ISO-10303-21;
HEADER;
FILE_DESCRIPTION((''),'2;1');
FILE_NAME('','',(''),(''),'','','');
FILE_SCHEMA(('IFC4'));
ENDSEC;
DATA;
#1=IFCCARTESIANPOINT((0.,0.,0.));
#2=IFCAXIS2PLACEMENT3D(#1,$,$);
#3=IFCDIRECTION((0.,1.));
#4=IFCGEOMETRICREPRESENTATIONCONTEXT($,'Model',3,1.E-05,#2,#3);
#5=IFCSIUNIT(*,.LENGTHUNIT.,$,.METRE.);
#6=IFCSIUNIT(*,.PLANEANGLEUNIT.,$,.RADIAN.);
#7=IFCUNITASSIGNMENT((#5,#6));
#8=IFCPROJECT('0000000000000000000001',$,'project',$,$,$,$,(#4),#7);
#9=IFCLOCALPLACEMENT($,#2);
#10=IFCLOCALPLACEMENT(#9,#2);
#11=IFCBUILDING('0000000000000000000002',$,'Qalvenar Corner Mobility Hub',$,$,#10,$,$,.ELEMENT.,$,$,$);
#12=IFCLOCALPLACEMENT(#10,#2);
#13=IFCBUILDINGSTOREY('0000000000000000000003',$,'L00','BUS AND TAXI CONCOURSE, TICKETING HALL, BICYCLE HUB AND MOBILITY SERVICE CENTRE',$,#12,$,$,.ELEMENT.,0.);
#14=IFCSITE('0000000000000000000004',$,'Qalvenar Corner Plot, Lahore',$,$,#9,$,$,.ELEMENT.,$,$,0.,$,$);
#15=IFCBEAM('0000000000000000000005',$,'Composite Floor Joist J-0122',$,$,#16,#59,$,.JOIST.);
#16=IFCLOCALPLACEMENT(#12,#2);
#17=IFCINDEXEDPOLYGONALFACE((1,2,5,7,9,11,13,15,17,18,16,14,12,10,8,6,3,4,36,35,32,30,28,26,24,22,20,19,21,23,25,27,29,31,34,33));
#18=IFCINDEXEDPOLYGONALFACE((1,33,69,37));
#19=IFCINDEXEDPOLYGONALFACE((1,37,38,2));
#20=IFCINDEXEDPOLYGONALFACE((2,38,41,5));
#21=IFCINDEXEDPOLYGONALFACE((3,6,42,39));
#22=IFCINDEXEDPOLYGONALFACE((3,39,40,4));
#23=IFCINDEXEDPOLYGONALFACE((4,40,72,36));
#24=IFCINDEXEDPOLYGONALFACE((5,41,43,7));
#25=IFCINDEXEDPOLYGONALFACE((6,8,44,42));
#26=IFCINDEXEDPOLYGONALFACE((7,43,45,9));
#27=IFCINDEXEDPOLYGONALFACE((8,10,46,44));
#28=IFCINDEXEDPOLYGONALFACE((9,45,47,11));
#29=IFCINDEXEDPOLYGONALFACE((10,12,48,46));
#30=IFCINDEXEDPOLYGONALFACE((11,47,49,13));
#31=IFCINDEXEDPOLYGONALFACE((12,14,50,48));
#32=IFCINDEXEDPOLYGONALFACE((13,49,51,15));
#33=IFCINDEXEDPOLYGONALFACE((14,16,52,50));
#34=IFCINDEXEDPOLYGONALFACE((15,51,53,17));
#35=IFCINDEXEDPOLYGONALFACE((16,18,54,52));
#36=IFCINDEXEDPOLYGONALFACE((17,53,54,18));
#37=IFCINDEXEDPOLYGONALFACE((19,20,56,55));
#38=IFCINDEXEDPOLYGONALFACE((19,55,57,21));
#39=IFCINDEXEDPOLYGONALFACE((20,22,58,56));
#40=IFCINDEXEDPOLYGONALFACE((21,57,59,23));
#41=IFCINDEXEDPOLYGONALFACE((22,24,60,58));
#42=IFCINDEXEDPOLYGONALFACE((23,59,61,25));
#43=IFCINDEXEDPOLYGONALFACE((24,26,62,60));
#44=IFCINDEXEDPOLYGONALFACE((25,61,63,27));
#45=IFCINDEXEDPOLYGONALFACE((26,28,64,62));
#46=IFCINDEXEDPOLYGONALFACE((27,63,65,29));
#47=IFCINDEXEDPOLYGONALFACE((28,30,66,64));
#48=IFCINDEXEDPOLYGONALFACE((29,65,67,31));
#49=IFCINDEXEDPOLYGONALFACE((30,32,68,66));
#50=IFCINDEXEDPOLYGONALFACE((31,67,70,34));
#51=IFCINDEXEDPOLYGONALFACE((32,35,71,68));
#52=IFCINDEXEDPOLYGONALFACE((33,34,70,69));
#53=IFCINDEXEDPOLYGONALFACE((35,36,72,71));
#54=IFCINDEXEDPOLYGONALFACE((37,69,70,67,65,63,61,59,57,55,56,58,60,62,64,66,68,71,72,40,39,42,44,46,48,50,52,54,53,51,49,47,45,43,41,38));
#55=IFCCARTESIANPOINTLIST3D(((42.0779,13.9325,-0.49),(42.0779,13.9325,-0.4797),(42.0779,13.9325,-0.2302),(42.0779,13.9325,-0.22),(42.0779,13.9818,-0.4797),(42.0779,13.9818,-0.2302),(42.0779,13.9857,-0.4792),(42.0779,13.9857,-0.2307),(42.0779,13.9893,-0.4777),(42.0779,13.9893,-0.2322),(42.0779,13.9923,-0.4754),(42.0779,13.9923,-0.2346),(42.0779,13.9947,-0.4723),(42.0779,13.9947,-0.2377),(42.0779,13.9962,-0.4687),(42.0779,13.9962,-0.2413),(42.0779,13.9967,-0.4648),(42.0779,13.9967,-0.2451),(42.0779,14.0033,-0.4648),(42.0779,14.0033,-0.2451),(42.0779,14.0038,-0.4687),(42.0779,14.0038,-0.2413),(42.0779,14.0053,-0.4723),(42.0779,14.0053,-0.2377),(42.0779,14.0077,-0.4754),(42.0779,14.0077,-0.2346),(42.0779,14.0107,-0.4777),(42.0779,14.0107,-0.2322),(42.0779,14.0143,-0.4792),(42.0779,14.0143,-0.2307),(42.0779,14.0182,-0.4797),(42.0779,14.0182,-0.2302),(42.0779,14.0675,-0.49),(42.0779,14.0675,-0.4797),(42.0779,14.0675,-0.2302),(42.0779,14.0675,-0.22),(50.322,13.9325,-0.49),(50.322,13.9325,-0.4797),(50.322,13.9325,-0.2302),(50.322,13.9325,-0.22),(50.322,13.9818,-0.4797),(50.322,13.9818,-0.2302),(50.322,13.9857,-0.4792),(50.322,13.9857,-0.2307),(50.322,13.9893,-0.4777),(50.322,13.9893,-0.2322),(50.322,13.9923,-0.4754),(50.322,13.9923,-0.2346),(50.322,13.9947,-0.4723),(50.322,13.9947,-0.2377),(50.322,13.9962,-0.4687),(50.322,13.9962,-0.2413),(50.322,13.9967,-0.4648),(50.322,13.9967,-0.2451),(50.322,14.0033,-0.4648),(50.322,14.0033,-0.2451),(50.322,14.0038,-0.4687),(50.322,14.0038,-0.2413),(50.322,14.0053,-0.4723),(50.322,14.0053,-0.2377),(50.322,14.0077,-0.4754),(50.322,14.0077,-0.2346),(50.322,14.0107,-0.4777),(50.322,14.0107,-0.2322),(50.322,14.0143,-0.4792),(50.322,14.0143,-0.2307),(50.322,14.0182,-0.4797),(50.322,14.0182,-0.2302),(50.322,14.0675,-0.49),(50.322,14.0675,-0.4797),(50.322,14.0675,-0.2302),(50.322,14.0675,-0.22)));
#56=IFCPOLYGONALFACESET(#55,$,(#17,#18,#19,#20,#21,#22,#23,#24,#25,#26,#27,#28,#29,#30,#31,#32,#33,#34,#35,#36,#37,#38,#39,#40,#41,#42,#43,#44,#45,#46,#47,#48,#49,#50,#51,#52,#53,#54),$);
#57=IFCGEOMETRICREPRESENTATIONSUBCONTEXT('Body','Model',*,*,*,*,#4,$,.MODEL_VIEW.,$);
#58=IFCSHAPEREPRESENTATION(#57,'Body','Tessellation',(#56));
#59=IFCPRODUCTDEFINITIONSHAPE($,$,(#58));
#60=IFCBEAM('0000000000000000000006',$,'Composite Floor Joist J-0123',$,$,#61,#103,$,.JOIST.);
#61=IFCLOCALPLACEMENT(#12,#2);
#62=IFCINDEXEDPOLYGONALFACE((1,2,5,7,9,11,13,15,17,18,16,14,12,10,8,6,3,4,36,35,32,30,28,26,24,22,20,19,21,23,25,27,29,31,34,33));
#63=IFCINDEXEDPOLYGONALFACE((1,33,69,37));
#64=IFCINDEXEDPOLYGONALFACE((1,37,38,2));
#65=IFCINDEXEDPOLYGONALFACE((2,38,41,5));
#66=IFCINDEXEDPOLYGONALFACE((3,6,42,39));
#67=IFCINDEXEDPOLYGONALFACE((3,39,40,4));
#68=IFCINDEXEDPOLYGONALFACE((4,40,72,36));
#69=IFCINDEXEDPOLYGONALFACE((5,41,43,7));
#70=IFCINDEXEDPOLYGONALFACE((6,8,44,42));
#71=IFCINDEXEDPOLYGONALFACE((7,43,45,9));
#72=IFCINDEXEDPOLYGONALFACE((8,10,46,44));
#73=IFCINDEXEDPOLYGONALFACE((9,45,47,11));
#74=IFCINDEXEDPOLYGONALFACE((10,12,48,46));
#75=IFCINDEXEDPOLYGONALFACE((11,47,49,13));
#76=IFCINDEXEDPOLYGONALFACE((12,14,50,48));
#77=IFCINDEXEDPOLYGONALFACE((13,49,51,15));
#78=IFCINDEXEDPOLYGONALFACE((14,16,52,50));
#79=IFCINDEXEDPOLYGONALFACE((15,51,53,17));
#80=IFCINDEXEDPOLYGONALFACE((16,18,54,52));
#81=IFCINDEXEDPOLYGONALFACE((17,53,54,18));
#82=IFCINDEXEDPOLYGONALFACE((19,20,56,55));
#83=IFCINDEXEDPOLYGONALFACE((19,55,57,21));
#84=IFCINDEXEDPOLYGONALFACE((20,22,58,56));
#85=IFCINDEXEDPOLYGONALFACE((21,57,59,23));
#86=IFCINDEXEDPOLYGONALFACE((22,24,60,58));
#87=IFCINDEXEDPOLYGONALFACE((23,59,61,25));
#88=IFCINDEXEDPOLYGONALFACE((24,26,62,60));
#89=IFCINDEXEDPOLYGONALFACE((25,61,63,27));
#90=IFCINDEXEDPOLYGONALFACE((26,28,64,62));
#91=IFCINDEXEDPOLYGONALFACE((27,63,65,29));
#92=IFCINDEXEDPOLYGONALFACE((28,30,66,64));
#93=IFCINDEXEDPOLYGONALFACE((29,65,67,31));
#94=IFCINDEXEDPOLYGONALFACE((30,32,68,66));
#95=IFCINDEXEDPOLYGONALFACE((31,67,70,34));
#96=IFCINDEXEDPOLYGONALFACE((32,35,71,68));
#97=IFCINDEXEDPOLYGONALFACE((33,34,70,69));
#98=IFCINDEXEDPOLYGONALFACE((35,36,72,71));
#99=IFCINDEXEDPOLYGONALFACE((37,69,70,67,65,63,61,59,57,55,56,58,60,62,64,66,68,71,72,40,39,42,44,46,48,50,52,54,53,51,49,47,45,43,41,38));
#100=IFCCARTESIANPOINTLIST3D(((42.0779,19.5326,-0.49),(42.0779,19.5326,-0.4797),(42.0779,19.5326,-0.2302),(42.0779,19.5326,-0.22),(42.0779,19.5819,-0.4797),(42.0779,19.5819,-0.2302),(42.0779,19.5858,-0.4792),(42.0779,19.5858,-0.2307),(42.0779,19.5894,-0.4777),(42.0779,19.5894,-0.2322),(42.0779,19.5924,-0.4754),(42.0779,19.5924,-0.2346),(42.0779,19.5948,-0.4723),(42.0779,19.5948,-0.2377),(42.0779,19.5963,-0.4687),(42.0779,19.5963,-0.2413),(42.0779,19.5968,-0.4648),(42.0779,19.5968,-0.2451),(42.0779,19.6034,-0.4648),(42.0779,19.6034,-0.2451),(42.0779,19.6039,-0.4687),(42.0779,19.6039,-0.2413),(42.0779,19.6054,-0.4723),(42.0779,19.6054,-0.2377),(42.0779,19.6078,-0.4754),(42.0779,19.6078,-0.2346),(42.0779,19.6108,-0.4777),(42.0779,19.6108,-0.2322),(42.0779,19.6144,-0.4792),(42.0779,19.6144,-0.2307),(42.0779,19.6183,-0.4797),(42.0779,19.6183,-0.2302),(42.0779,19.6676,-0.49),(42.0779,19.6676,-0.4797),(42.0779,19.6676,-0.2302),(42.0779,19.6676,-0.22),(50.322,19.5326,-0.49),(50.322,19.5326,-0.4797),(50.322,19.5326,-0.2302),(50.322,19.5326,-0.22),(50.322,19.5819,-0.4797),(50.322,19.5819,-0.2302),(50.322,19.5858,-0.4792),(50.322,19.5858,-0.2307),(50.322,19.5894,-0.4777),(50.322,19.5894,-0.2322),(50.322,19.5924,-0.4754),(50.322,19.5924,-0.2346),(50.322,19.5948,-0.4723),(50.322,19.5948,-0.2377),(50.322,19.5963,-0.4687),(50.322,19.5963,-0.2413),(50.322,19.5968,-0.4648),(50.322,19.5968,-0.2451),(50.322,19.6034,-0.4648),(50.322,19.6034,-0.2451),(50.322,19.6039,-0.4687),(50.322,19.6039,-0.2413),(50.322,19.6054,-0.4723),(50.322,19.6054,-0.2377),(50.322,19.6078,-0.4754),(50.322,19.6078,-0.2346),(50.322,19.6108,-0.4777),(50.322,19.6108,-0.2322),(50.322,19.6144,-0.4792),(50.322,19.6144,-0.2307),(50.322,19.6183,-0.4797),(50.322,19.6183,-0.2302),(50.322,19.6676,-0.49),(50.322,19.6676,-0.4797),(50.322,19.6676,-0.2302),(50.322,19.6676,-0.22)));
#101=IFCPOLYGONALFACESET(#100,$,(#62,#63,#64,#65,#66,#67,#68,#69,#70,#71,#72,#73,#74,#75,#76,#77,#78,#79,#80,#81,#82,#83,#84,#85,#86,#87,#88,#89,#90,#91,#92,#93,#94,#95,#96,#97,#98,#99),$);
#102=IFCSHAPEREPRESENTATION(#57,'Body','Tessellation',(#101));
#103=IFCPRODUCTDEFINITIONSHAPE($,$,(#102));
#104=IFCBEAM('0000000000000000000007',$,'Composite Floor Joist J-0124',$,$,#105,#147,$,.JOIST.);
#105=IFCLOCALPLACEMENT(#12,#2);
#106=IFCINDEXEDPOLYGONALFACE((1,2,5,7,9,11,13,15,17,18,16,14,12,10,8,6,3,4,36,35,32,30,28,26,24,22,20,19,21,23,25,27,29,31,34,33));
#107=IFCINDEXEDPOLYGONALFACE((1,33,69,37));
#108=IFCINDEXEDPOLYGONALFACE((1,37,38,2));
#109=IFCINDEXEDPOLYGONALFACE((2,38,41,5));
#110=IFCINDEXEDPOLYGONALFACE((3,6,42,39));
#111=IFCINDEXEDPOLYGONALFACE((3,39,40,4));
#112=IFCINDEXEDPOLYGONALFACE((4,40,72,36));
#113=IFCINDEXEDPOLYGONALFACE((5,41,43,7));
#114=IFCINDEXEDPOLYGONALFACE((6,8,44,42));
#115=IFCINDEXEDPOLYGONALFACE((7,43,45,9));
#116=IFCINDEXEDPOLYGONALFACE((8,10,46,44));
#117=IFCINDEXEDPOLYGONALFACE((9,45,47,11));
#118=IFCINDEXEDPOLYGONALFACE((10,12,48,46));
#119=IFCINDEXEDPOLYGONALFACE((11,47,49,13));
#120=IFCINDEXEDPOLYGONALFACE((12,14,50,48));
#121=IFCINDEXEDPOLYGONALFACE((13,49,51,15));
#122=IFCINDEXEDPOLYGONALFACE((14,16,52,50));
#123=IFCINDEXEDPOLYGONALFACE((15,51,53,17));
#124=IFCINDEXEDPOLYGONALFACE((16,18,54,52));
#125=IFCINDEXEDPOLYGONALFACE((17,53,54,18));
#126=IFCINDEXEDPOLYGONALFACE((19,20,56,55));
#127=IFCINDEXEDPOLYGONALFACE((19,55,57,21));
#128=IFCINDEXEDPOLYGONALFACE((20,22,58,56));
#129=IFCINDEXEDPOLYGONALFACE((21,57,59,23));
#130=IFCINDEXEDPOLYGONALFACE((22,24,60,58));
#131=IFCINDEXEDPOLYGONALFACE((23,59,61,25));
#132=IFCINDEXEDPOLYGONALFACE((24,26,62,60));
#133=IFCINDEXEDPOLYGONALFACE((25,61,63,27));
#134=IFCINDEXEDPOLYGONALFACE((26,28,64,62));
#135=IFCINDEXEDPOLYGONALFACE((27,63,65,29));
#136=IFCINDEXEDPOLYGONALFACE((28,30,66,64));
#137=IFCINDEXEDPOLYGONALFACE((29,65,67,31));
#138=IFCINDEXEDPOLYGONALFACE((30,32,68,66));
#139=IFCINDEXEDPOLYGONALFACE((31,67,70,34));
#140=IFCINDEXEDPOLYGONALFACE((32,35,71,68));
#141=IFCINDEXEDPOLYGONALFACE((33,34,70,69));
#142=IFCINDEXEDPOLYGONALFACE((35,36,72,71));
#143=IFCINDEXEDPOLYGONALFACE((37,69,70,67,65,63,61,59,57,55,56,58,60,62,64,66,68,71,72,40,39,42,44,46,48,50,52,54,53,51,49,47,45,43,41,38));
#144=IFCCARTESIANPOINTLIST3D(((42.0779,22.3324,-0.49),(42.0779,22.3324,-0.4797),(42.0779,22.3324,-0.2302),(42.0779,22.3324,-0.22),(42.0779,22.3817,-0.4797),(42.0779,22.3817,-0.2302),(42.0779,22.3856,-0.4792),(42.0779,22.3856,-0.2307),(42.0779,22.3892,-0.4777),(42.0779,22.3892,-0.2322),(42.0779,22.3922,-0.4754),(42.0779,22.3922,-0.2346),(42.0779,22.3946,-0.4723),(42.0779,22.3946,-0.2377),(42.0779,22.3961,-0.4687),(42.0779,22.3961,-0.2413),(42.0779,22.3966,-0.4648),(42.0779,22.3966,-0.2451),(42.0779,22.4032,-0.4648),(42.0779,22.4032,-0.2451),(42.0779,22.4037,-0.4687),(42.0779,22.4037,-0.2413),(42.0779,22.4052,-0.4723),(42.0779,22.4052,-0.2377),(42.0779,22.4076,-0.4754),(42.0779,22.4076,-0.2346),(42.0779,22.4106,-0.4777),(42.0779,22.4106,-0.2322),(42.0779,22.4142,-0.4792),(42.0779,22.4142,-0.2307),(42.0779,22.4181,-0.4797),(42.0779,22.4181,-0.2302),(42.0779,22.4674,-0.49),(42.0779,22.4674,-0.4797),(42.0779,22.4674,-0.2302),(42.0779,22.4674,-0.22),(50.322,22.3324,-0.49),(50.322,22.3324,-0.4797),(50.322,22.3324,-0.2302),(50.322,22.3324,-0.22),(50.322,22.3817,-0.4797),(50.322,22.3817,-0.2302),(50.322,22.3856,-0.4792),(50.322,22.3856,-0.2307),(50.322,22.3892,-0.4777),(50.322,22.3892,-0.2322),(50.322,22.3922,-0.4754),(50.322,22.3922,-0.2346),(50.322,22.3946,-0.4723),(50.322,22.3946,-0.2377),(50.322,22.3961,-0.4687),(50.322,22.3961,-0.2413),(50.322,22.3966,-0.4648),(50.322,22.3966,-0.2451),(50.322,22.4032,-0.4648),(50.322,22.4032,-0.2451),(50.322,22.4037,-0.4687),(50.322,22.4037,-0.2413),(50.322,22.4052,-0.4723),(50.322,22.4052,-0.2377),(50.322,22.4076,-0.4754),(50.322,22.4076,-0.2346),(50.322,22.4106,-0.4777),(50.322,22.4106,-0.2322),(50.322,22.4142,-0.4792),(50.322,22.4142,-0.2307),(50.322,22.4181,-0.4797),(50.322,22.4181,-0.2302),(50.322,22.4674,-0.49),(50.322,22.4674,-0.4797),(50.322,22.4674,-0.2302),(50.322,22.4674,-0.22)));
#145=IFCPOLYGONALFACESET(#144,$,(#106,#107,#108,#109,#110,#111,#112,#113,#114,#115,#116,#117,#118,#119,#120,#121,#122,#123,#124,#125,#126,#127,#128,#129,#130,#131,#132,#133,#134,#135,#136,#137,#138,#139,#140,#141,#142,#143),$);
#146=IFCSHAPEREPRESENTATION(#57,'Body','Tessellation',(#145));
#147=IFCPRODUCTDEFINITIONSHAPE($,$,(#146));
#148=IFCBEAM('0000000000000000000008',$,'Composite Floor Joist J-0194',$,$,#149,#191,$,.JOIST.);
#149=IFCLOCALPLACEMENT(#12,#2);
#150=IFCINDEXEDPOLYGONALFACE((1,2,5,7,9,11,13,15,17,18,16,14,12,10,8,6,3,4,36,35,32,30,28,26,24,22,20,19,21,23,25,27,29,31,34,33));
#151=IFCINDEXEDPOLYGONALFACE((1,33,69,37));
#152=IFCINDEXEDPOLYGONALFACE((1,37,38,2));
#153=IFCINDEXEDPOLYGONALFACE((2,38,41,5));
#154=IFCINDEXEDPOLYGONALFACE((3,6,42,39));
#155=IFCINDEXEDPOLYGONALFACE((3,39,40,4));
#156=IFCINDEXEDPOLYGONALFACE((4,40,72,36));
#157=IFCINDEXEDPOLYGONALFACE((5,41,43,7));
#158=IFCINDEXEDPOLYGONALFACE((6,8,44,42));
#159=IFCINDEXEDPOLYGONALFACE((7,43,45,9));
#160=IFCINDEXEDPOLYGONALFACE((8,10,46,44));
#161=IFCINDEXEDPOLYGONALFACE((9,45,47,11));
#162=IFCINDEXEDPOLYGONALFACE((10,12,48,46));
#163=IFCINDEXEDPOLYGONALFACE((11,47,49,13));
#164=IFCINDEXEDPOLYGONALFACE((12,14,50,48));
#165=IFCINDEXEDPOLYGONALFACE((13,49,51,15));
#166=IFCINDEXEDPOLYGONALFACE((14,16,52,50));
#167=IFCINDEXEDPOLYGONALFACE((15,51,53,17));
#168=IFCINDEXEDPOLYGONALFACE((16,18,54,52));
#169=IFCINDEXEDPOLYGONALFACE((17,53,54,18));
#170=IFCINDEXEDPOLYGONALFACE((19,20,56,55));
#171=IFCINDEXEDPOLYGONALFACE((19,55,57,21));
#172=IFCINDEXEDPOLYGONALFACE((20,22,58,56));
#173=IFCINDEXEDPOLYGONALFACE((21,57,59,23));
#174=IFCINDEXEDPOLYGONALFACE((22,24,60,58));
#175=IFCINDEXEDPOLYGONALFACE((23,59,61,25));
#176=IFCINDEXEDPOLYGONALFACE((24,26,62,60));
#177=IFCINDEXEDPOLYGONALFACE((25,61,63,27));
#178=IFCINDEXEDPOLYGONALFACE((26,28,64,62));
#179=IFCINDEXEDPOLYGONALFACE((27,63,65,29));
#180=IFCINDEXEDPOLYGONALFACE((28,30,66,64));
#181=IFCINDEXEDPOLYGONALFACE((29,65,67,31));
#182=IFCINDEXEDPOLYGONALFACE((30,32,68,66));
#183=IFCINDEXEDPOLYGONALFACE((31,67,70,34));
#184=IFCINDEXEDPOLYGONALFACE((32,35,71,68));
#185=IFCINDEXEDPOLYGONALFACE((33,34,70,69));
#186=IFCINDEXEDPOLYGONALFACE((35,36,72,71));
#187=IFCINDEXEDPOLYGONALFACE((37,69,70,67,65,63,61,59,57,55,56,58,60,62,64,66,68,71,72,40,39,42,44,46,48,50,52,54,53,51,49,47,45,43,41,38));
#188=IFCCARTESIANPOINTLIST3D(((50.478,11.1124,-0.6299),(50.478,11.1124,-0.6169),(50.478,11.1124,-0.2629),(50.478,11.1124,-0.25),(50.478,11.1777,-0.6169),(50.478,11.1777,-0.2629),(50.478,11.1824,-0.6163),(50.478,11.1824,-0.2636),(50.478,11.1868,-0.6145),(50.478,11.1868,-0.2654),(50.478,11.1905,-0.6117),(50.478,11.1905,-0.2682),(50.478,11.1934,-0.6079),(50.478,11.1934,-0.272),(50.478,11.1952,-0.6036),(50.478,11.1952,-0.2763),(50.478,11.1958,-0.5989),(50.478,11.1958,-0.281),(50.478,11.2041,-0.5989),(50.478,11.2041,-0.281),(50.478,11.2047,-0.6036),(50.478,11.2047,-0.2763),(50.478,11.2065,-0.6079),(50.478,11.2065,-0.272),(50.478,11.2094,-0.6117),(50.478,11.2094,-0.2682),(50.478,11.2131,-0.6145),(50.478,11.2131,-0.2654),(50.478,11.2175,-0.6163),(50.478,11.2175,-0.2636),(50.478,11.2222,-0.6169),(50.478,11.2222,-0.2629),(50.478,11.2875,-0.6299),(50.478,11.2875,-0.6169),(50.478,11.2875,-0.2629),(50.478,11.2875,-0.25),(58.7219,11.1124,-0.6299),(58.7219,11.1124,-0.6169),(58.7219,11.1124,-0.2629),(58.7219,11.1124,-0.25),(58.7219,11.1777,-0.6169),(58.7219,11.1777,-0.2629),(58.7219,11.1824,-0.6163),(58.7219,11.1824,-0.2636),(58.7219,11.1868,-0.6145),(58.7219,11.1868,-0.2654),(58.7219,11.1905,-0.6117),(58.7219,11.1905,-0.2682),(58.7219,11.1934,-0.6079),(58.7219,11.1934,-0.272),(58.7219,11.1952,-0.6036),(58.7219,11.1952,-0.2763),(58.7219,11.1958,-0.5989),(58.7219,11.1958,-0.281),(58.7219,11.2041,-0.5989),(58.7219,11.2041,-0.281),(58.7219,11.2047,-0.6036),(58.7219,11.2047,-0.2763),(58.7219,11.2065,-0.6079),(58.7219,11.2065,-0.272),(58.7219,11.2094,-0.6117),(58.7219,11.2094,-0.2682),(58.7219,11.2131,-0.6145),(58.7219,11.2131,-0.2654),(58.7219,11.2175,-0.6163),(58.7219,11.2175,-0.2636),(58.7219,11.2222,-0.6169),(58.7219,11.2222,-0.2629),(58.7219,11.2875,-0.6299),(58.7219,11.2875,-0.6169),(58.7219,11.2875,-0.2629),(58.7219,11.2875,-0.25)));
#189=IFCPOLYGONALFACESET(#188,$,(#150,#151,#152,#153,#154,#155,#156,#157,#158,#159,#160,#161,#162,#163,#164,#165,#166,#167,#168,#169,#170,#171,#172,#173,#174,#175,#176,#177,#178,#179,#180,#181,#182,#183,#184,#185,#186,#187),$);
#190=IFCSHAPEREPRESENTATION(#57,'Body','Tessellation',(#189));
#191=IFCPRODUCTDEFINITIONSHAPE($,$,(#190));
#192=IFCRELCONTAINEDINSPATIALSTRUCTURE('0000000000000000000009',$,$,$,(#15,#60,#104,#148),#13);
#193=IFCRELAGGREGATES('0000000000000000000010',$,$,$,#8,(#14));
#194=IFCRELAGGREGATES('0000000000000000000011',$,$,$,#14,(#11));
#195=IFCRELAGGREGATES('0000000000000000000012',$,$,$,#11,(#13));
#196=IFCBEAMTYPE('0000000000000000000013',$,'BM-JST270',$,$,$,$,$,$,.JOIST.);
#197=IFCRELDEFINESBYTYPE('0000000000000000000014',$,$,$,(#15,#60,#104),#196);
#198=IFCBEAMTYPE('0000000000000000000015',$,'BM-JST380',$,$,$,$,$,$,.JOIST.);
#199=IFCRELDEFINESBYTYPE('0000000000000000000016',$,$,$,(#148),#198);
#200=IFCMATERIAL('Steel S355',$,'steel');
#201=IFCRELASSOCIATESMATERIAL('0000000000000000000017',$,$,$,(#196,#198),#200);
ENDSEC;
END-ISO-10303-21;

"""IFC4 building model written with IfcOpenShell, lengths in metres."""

from ifc_helpers import new_model, si_unit, direction, frame, origin, origin_2d, place, context, subcontext, project, spatial, i_section, extrude, material, material_profile, profile_set, type_object, element, save


model = new_model("IFC4")

# Units and contexts
model_context = context("Model", 3, precision=1e-05, world=origin(), true_north=direction((0.0, 1.0)))
body_context = subcontext(model_context, "Body", "Model", "MODEL_VIEW")
ifc_project = project(units=[si_unit("LENGTHUNIT", "METRE"), si_unit("PLANEANGLEUNIT", "RADIAN")], contexts=[model_context])

# Site, building, storey
site_placement = place(None, origin())
site = spatial("IfcSite", under=ifc_project, at=site_placement, Name="Qalvenar Corner Plot, Lahore", CompositionType="ELEMENT", RefElevation=0.0)
building_placement = place(site_placement, origin())
building = spatial("IfcBuilding", under=site, at=building_placement, Name="Qalvenar Corner Mobility Hub", CompositionType="ELEMENT")
storey_placement = place(building_placement, origin())
storey = spatial("IfcBuildingStorey", under=building, at=storey_placement, Name="L00", Description="BUS AND TAXI CONCOURSE, TICKETING HALL, BICYCLE HUB AND MOBILITY SERVICE CENTRE", CompositionType="ELEMENT", Elevation=0.0)

# Shared definitions
ifc_material_1 = material(Name="Steel S355", Category="steel")

# Beams
ifc_material_profile_1 = material_profile(ifc_material_1, i_section(OverallWidth=0.135, OverallDepth=0.27, WebThickness=0.0066, FlangeThickness=0.0103, FilletRadius=0.0149, at=origin_2d()), Name="IPE270")
ifc_profile_set_1 = profile_set([ifc_material_profile_1], Name="Steel S355")
beam_type_1 = type_object("IfcBeamType", Name="BM-JST270", PredefinedType="JOIST", material=ifc_profile_set_1)
for number, where, z_axis, x_axis, name in (
    (1, (42.0779, 14.0, -0.355), (1.0, 0.0, 0.0), (0.0, 1.0, 0.0), "Composite Floor Joist J-0122"),
    (2, (42.0779, 19.6001, -0.355), (1.0, 0.0, 0.0), (0.0, 1.0, 0.0), "Composite Floor Joist J-0123"),
    (3, (42.0779, 22.3999, -0.355), (1.0, 0.0, 0.0), (0.0, 1.0, 0.0), "Composite Floor Joist J-0124"),
):
    element("IfcBeam", number, at=place(storey_placement, frame(where, z_axis=z_axis, x_axis=x_axis)), inside=storey, type_object=beam_type_1, Name=name, PredefinedType="JOIST", context=body_context, shape_type="SweptSolid", body=[
        extrude(i_section(OverallWidth=0.135, OverallDepth=0.27, WebThickness=0.0066, FlangeThickness=0.0103, FilletRadius=0.0149, at=origin_2d()), origin(), (0.0, 0.0, 1.0), 8.2441),
    ])
ifc_material_profile_2 = material_profile(ifc_material_1, i_section(OverallWidth=0.175, OverallDepth=0.3799, WebThickness=0.0083, FlangeThickness=0.0129, FilletRadius=0.0181, at=origin_2d()), Name="IPE380-EQ")
ifc_profile_set_2 = profile_set([ifc_material_profile_2], Name="Steel S355")
beam_type_2 = type_object("IfcBeamType", Name="BM-JST380", PredefinedType="JOIST", material=ifc_profile_set_2)
for number, where, z_axis, x_axis, name in (
    (4, (50.478, 11.2, -0.4399), (1.0, 0.0, 0.0), (0.0, 1.0, 0.0), "Composite Floor Joist J-0194"),
):
    element("IfcBeam", number, at=place(storey_placement, frame(where, z_axis=z_axis, x_axis=x_axis)), inside=storey, type_object=beam_type_2, Name=name, PredefinedType="JOIST", context=body_context, shape_type="SweptSolid", body=[
        extrude(i_section(OverallWidth=0.175, OverallDepth=0.3799, WebThickness=0.0083, FlangeThickness=0.0129, FilletRadius=0.0181, at=origin_2d()), origin(), (0.0, 0.0, 1.0), 8.2439),
    ])

save(model, "model.ifc")
